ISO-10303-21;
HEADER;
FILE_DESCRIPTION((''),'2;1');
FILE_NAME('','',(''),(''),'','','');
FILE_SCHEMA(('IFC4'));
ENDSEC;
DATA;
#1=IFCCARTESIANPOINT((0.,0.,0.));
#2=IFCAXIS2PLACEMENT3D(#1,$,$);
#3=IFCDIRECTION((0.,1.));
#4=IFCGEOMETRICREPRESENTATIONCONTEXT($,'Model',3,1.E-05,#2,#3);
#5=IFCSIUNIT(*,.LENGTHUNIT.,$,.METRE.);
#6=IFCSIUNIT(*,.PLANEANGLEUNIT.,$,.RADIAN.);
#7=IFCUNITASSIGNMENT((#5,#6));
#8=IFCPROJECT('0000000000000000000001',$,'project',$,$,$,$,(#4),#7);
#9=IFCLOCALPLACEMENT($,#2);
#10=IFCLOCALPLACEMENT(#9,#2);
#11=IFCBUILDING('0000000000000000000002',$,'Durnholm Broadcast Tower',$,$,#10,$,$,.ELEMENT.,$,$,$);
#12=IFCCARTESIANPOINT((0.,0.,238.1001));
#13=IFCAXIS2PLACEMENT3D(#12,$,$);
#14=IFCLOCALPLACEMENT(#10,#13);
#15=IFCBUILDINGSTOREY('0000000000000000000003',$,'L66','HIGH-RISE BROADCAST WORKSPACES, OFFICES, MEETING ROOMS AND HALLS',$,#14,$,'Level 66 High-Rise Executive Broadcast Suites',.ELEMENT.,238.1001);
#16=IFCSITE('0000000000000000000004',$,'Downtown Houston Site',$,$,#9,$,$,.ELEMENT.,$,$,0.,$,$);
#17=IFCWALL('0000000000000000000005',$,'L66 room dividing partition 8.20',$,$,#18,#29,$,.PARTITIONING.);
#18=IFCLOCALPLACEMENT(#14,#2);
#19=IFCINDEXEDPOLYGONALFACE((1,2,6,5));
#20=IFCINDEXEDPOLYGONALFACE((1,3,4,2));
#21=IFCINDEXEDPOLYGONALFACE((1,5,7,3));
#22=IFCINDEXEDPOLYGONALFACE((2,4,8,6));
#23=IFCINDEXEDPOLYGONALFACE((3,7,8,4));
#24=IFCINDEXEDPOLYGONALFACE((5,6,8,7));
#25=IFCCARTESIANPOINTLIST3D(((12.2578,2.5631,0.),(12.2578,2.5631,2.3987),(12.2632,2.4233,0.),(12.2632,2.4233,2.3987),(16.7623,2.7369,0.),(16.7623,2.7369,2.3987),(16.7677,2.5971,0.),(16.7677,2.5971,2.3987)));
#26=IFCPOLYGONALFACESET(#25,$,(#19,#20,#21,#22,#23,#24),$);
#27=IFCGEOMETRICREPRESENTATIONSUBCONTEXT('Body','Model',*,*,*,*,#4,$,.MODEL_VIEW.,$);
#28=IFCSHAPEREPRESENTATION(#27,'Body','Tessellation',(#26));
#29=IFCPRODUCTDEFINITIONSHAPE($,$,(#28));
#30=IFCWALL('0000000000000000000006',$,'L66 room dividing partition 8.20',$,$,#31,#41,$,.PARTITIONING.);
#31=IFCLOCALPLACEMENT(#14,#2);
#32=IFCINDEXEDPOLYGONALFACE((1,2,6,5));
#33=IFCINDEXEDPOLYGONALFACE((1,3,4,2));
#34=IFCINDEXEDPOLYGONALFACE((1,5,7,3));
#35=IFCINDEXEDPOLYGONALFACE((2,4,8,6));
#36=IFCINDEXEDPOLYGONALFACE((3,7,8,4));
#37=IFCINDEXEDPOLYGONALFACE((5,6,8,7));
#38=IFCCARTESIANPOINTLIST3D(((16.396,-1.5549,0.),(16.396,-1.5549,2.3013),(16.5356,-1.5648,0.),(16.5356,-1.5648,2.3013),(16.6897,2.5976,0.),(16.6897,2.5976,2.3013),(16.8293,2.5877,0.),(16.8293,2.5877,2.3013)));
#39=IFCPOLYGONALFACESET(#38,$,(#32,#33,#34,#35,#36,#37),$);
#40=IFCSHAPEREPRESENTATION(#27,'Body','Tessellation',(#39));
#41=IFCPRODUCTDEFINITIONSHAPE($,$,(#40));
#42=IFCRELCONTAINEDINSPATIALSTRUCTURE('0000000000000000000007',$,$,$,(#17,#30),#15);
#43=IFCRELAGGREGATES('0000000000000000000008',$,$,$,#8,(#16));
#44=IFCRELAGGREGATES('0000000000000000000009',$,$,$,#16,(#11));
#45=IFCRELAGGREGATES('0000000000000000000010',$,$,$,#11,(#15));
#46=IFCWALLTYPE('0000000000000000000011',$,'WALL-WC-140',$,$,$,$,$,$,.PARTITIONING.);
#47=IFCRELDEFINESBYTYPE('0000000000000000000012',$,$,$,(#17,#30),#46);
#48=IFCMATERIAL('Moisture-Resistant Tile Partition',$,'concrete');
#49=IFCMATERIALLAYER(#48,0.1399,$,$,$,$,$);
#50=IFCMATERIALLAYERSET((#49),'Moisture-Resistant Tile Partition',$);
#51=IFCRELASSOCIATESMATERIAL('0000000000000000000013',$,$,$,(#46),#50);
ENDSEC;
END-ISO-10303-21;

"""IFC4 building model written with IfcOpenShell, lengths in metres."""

from ifc_helpers import new_model, si_unit, direction, frame, frame_2d, origin, place, context, subcontext, project, spatial, rectangle, extrude, material, layer, layer_set, type_object, element, save


model = new_model("IFC4")

# Units and contexts
model_context = context("Model", 3, precision=1e-05, world=origin(), true_north=direction((0.0, 1.0)))
body_context = subcontext(model_context, "Body", "Model", "MODEL_VIEW")
ifc_project = project(units=[si_unit("LENGTHUNIT", "METRE"), si_unit("PLANEANGLEUNIT", "RADIAN")], contexts=[model_context])

# Site, building, storey
site_placement = place(None, origin())
site = spatial("IfcSite", under=ifc_project, at=site_placement, Name="Downtown Houston Site", CompositionType="ELEMENT", RefElevation=0.0)
building_placement = place(site_placement, origin())
building = spatial("IfcBuilding", under=site, at=building_placement, Name="Durnholm Broadcast Tower", CompositionType="ELEMENT")
storey_placement = place(building_placement, frame((0.0, 0.0, 238.1001)))
storey = spatial("IfcBuildingStorey", under=building, at=storey_placement, Name="L66", Description="HIGH-RISE BROADCAST WORKSPACES, OFFICES, MEETING ROOMS AND HALLS", LongName="Level 66 High-Rise Executive Broadcast Suites", CompositionType="ELEMENT", Elevation=238.1001)

# Walls
ifc_material_1 = material(Name="Moisture-Resistant Tile Partition", Category="concrete")
ifc_layer_1 = layer(ifc_material_1, 0.1399)
ifc_layer_set_1 = layer_set([ifc_layer_1], Name="Moisture-Resistant Tile Partition")
wall_type_1 = type_object("IfcWallType", Name="WALL-WC-140", PredefinedType="PARTITIONING", material=ifc_layer_set_1)
wall_1_placement = place(storey_placement, frame((12.2605, 2.4932, 0.0), z_axis=(0.0, 0.0, 1.0), x_axis=(0.999256, 0.038562, 0.0)))
element("IfcWall", 1, at=wall_1_placement, inside=storey, type_object=wall_type_1, Name="L66 room dividing partition 8.20", PredefinedType="PARTITIONING", context=body_context, shape_type="SweptSolid", body=[
    extrude(rectangle(XDim=4.5078, YDim=0.1399, at=frame_2d((2.2539, 0.0))), origin(), (0.0, 0.0, 1.0), 2.3987),
])
wall_2_placement = place(storey_placement, frame((16.7595, 2.5928, 0.0), z_axis=(0.0, 0.0, 1.0), x_axis=(-0.070551, -0.997508, 0.0)))
element("IfcWall", 2, at=wall_2_placement, inside=storey, type_object=wall_type_1, Name="L66 room dividing partition 8.20", PredefinedType="PARTITIONING", context=body_context, shape_type="SweptSolid", body=[
    extrude(rectangle(XDim=4.1628, YDim=0.1399, at=frame_2d((2.0815, 0.0))), origin(), (0.0, 0.0, 1.0), 2.3013),
])

save(model, "model.ifc")
